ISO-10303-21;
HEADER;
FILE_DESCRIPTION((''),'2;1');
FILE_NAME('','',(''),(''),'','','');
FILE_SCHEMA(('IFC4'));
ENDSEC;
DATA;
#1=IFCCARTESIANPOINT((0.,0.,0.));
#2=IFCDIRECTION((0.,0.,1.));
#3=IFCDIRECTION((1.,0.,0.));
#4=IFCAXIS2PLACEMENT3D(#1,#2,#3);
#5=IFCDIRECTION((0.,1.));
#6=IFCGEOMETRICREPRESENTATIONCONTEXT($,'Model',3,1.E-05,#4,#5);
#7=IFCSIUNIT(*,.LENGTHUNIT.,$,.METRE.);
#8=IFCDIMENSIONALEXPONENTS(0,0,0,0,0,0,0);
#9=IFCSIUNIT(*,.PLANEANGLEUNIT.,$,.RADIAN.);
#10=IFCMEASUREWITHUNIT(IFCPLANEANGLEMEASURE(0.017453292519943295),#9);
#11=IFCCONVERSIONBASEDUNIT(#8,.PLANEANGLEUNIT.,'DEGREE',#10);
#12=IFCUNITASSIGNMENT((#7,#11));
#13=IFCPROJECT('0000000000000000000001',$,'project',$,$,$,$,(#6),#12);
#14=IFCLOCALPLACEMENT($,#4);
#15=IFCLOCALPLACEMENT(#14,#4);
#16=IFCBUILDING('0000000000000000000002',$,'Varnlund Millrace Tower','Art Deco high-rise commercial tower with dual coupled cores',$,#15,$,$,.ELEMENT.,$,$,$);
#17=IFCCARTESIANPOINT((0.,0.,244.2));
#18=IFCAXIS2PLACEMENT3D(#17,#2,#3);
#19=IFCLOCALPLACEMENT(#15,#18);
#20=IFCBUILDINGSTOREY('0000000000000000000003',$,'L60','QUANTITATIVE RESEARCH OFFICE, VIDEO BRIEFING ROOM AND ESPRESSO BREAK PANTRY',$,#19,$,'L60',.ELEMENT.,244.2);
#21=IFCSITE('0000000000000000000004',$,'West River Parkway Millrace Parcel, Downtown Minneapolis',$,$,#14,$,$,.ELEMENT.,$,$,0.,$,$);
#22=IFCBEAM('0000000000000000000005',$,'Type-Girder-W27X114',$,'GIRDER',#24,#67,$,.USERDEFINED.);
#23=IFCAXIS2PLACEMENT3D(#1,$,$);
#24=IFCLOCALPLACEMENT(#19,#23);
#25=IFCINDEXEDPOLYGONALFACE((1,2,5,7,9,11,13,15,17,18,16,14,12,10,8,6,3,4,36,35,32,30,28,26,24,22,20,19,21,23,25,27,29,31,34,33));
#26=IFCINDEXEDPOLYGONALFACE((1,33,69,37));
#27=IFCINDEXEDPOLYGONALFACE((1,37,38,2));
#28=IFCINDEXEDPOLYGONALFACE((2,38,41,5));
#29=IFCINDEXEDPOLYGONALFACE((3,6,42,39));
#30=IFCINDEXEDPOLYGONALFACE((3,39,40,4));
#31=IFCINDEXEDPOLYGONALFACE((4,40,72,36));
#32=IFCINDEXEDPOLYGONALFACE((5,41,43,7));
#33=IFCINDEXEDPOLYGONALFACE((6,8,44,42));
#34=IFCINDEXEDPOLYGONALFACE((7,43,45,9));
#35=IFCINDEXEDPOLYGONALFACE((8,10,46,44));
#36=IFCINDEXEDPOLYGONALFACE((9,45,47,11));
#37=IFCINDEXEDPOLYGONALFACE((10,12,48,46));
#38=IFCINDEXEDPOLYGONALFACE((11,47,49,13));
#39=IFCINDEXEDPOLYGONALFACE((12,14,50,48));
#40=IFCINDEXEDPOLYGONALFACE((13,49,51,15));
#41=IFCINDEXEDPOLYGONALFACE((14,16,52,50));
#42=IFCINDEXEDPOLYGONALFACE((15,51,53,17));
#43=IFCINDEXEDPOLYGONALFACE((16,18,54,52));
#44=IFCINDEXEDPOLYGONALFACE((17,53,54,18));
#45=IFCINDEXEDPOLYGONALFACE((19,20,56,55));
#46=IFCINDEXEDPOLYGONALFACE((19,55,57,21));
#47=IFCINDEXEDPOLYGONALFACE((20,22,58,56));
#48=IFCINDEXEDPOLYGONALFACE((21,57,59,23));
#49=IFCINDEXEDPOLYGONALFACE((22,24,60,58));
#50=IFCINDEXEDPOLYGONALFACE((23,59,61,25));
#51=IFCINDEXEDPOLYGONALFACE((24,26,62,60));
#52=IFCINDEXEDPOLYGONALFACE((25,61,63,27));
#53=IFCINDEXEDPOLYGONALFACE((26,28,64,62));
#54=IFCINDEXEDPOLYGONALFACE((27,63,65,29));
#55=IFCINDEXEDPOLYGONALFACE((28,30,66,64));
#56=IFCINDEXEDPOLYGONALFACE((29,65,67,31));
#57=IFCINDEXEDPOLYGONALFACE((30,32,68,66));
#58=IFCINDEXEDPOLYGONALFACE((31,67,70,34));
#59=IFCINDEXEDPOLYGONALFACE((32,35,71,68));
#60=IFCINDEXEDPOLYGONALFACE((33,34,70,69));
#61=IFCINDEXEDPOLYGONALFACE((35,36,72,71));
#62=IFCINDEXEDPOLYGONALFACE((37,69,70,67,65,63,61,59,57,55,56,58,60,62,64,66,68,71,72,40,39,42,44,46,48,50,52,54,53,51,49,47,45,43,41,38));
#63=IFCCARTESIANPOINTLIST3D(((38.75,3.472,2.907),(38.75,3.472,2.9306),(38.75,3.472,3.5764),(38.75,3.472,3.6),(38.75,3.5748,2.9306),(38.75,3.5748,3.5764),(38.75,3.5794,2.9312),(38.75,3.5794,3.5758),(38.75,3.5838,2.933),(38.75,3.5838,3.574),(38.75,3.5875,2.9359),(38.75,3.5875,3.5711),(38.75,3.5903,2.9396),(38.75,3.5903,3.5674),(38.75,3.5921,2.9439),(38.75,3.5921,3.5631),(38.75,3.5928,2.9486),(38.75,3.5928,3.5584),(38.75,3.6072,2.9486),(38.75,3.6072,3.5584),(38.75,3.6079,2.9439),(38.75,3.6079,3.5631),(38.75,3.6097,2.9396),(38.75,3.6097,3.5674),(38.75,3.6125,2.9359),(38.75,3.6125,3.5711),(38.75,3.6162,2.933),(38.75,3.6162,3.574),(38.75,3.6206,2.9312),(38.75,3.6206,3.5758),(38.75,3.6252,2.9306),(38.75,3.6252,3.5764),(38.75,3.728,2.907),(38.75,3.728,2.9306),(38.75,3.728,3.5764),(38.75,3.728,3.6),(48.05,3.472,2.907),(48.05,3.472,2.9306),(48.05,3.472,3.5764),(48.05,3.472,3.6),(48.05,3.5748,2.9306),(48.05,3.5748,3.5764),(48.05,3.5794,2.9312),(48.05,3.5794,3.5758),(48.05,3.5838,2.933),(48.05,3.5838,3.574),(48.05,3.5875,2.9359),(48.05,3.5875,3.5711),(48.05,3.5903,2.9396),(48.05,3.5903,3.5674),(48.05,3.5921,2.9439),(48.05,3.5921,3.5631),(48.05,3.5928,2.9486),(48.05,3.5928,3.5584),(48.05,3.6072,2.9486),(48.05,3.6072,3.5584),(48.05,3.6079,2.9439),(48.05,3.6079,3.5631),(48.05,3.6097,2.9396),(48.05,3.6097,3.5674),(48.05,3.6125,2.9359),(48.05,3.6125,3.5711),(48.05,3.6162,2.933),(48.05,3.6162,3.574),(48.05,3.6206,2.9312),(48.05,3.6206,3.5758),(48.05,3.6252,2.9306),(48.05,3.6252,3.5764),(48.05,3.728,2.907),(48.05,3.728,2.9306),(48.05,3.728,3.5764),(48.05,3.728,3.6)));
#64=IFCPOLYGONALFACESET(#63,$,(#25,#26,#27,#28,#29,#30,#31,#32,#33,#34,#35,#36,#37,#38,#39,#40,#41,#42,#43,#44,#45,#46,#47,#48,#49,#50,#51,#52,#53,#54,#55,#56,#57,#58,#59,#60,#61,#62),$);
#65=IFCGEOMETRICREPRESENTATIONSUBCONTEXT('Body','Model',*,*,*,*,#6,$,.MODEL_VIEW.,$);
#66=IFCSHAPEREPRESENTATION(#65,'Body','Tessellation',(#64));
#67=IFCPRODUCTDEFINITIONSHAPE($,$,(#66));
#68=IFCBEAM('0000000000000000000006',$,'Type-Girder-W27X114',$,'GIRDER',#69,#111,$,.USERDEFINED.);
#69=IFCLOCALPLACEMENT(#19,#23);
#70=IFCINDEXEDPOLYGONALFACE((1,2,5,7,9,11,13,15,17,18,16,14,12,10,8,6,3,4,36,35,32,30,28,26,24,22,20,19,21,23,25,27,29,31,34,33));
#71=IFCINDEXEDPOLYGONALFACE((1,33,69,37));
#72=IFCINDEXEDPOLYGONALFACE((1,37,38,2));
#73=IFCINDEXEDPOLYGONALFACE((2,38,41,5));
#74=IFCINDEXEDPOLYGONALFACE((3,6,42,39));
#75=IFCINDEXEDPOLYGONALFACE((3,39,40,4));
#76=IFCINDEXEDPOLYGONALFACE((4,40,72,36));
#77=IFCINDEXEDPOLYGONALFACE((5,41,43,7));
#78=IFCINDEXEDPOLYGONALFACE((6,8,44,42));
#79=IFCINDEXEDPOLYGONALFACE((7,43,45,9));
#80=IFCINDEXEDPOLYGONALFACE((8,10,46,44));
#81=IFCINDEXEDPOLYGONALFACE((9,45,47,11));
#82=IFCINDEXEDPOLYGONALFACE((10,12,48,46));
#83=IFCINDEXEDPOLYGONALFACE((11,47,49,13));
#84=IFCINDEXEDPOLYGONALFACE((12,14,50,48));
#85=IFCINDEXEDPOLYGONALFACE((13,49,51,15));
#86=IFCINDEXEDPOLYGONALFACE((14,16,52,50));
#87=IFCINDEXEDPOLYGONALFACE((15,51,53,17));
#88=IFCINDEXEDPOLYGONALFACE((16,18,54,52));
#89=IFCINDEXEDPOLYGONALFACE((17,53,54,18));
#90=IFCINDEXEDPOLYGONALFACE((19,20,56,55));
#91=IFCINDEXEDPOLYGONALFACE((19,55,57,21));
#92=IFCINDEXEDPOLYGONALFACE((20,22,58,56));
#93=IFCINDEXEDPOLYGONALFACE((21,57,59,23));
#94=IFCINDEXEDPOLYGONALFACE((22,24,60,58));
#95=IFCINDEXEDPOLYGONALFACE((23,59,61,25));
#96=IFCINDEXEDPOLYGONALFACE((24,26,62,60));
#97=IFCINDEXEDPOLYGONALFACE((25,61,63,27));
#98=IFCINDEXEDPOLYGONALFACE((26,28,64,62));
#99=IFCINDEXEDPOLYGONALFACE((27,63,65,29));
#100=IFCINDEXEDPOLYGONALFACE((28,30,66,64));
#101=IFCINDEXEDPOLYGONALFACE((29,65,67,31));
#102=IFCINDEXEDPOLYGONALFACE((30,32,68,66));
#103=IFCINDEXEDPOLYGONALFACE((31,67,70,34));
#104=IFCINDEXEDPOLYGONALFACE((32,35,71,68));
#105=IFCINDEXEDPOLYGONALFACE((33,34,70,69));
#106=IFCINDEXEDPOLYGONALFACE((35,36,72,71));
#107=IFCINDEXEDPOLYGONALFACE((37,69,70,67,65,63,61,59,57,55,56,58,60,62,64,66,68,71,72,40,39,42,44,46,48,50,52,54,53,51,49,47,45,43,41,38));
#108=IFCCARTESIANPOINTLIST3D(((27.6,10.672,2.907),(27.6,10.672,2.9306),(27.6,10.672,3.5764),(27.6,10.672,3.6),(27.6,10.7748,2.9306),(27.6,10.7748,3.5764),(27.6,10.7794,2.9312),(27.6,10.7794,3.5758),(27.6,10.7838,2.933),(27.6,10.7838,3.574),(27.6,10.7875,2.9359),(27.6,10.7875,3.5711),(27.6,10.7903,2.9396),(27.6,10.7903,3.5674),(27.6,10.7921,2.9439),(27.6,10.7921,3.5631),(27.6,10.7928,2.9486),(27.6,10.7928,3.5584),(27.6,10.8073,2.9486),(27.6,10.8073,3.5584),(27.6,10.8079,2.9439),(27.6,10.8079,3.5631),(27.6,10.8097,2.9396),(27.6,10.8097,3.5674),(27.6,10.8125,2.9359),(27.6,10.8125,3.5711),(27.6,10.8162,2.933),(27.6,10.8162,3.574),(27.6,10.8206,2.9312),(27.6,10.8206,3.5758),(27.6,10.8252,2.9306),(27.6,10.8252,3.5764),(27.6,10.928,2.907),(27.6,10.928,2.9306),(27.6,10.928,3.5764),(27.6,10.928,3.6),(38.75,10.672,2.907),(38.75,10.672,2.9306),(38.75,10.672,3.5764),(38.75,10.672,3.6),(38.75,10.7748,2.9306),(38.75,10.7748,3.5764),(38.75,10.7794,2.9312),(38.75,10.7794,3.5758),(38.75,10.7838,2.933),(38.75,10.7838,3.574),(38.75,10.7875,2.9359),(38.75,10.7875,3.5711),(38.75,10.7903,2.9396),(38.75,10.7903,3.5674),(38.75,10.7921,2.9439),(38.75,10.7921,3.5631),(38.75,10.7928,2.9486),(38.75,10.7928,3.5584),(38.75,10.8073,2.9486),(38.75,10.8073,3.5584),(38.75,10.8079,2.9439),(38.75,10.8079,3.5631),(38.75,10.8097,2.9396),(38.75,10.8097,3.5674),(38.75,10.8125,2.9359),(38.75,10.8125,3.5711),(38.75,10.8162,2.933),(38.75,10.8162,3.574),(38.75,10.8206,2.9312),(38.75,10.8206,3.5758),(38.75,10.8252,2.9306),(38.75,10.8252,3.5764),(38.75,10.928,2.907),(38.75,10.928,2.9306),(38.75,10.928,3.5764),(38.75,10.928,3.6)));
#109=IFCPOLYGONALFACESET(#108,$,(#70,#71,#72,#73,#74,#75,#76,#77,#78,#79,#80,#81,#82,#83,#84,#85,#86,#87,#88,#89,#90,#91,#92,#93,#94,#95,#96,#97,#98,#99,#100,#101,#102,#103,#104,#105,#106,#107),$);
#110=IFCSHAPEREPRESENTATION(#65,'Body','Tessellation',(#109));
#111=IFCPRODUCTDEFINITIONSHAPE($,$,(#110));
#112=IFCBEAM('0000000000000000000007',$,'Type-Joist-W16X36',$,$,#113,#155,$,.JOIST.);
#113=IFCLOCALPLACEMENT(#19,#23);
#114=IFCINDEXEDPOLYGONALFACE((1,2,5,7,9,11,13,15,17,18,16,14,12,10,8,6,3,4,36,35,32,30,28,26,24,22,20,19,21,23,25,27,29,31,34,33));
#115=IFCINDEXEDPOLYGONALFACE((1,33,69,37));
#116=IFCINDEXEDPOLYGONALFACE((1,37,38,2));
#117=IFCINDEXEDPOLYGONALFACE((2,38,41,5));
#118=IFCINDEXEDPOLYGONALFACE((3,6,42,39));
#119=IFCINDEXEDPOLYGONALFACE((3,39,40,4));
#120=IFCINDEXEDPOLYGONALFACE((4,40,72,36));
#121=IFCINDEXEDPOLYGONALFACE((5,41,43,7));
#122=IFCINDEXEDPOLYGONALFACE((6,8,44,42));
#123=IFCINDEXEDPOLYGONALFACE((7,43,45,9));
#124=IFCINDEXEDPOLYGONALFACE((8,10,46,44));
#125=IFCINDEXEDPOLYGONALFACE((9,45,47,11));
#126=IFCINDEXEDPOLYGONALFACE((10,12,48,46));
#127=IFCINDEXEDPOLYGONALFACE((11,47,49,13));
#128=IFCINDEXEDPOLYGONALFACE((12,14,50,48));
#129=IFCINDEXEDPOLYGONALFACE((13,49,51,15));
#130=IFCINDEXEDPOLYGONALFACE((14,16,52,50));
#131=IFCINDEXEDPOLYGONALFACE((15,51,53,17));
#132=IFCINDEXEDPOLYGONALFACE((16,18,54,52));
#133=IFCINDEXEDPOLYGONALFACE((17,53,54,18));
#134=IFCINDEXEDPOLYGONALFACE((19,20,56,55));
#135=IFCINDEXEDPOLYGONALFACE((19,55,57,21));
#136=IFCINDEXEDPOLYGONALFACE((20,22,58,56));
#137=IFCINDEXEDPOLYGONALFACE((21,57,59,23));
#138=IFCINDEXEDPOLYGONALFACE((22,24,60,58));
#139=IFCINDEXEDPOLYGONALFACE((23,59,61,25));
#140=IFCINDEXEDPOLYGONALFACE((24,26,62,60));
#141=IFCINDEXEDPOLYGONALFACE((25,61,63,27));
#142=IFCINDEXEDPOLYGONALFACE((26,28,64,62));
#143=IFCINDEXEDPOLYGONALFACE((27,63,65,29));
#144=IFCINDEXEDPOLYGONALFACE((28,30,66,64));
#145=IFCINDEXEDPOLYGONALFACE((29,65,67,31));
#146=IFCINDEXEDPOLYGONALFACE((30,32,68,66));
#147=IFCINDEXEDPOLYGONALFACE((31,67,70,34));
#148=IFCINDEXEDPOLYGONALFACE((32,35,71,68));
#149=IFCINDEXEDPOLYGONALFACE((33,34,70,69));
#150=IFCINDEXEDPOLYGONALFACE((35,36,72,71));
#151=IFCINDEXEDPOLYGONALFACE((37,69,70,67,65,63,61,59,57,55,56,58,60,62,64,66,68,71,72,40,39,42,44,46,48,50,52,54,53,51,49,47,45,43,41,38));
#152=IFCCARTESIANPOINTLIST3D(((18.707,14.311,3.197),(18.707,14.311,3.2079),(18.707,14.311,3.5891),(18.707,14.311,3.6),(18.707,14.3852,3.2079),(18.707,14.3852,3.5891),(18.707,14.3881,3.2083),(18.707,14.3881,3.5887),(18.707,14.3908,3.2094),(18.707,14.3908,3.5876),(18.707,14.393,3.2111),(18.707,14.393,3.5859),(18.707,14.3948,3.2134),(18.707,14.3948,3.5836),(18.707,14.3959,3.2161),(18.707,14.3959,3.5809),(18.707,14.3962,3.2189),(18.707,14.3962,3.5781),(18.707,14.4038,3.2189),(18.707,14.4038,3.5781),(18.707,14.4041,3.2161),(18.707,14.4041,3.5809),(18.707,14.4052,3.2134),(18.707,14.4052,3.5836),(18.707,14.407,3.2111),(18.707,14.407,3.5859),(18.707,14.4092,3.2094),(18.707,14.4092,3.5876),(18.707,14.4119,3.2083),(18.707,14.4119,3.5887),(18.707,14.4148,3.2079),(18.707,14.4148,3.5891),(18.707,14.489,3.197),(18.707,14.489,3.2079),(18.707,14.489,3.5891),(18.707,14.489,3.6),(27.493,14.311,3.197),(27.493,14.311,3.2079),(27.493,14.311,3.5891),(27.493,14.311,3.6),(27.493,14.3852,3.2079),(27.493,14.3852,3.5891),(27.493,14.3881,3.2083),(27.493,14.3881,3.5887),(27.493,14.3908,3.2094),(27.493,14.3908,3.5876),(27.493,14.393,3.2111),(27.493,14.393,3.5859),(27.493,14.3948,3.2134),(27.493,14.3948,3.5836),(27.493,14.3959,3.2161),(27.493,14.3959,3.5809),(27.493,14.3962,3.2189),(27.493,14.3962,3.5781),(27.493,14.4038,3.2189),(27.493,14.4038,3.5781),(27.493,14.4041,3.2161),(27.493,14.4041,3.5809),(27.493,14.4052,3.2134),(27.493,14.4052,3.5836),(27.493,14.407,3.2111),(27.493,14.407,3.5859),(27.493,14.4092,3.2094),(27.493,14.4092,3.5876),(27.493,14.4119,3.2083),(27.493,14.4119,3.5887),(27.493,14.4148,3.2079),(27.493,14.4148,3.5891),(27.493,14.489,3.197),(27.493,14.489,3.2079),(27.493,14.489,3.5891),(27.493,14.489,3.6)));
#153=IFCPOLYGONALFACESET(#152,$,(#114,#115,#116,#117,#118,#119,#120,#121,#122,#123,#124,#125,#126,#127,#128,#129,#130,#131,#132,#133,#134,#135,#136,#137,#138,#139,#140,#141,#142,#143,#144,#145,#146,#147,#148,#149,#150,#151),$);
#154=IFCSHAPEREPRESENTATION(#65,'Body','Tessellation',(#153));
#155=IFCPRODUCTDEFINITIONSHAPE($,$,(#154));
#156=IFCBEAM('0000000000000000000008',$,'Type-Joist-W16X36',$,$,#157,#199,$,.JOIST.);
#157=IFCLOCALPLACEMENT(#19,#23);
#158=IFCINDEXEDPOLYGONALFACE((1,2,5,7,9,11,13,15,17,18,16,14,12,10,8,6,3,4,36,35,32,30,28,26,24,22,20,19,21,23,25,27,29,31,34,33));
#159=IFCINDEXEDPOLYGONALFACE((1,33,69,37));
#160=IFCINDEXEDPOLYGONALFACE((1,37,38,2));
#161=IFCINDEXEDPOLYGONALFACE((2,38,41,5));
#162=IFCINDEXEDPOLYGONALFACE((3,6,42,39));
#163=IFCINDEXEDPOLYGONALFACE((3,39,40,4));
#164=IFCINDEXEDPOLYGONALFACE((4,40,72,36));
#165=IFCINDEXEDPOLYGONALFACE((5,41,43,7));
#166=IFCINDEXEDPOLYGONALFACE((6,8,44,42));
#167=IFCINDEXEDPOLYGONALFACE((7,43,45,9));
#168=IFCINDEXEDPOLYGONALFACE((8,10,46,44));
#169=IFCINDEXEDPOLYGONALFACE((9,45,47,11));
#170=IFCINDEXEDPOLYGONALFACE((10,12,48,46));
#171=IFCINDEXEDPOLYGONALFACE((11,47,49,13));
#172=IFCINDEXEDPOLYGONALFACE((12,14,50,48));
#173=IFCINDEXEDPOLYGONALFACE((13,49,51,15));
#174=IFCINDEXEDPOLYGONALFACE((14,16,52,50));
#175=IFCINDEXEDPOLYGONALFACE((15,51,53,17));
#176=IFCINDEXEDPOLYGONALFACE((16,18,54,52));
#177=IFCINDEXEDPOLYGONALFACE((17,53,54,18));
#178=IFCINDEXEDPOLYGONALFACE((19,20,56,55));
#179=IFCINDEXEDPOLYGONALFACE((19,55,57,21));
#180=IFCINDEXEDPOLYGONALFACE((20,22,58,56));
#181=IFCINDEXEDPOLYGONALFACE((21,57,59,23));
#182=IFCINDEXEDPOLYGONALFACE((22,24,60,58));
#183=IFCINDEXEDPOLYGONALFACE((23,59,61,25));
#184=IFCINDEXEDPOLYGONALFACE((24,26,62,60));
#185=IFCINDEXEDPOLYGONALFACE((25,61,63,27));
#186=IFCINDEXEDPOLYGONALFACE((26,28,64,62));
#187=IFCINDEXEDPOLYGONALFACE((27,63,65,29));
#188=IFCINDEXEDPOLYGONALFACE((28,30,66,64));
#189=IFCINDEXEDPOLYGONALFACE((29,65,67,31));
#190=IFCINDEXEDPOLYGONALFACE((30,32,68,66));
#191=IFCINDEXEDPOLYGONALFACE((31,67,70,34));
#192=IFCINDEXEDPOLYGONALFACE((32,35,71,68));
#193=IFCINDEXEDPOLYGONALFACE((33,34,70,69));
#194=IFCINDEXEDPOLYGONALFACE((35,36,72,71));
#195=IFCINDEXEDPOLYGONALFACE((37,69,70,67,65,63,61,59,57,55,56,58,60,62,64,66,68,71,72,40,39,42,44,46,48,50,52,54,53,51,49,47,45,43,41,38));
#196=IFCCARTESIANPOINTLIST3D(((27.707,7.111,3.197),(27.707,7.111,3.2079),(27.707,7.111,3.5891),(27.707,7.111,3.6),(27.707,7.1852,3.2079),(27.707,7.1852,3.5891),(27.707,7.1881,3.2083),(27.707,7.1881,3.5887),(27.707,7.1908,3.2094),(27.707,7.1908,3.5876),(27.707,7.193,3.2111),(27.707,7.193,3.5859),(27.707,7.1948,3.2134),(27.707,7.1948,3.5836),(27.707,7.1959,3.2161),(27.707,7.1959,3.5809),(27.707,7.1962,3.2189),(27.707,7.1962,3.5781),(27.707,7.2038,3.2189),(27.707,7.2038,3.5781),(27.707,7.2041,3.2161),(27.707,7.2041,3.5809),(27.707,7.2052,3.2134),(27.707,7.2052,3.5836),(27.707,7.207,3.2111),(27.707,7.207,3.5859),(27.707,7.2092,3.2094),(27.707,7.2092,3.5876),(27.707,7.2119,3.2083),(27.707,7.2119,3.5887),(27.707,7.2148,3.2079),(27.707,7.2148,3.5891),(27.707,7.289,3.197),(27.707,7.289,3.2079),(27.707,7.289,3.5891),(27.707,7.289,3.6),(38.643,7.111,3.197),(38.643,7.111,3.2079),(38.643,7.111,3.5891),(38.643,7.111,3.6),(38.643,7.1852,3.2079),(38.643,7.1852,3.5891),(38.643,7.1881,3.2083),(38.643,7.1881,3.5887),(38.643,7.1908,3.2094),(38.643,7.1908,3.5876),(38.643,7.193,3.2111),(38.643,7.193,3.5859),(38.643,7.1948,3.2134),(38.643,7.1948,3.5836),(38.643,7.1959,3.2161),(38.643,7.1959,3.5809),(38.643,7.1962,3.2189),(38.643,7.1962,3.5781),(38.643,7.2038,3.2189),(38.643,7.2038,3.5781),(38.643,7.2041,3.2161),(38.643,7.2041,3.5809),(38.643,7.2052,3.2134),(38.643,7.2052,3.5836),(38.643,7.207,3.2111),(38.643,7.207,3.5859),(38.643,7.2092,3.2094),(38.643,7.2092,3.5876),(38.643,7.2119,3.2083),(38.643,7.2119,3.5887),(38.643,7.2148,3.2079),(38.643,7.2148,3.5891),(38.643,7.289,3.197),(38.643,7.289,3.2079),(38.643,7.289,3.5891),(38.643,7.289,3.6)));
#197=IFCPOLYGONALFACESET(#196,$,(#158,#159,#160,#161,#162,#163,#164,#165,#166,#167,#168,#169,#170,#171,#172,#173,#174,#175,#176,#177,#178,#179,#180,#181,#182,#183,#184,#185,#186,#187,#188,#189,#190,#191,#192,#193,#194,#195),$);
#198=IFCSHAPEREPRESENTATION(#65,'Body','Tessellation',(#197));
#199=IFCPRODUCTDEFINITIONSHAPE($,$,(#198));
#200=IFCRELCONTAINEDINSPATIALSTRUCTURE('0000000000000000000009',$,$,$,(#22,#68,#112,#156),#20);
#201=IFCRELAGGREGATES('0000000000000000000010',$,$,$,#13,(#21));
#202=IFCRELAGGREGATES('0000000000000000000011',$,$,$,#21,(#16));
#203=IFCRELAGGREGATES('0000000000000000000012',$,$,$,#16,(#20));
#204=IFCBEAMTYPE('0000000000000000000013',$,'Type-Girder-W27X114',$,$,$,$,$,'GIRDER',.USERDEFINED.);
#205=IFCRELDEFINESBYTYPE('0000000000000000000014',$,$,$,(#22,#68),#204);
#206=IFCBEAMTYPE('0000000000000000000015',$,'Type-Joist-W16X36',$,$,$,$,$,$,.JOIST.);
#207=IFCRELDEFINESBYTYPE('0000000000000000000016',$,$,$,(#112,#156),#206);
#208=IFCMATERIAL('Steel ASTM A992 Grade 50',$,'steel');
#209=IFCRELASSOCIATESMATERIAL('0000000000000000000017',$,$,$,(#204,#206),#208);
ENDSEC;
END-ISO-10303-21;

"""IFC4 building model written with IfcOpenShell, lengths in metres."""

from ifc_helpers import new_model, entity, si_unit, converted_unit, direction, frame, origin_with_axes, origin_2d_with_axis, place, context, subcontext, project, spatial, i_section, extrude, material, material_profile, profile_set, type_object, element, save


model = new_model("IFC4")

# Units and contexts
model_context = context("Model", 3, precision=1e-05, world=origin_with_axes(), true_north=direction((0.0, 1.0)))
body_context = subcontext(model_context, "Body", "Model", "MODEL_VIEW")
ifc_project = project(units=[si_unit("LENGTHUNIT", "METRE"), converted_unit("PLANEANGLEUNIT", "DEGREE", entity("IfcPlaneAngleMeasure", 0.017453292519943295), si_unit("PLANEANGLEUNIT", "RADIAN"), dimensions=[0, 0, 0, 0, 0, 0, 0])], contexts=[model_context])

# Site, building, storey
site_placement = place(None, origin_with_axes())
site = spatial("IfcSite", under=ifc_project, at=site_placement, Name="West River Parkway Millrace Parcel, Downtown Minneapolis", CompositionType="ELEMENT", RefElevation=0.0)
building_placement = place(site_placement, origin_with_axes())
building = spatial("IfcBuilding", under=site, at=building_placement, Name="Varnlund Millrace Tower", Description="Art Deco high-rise commercial tower with dual coupled cores", CompositionType="ELEMENT")
storey_placement = place(building_placement, frame((0.0, 0.0, 244.2), z_axis=(0.0, 0.0, 1.0), x_axis=(1.0, 0.0, 0.0)))
storey = spatial("IfcBuildingStorey", under=building, at=storey_placement, Name="L60", Description="QUANTITATIVE RESEARCH OFFICE, VIDEO BRIEFING ROOM AND ESPRESSO BREAK PANTRY", LongName="L60", CompositionType="ELEMENT", Elevation=244.2)

# Beams
ifc_material_1 = material(Name="Steel ASTM A992 Grade 50", Category="steel")
ifc_material_profile_1 = material_profile(ifc_material_1, i_section(OverallWidth=0.256, OverallDepth=0.693, WebThickness=0.0145, FlangeThickness=0.0236, FilletRadius=0.018, at=origin_2d_with_axis()), Name="Steel ASTM A992 Grade 50")
ifc_profile_set_1 = profile_set([ifc_material_profile_1], Name="Steel ASTM A992 Grade 50")
beam_type_1 = type_object("IfcBeamType", Name="Type-Girder-W27X114", ElementType="GIRDER", PredefinedType="USERDEFINED", material=ifc_profile_set_1)
beam_1_placement = place(storey_placement, frame((38.75, 3.6, 3.2535), z_axis=(1.0, 0.0, 0.0), x_axis=(0.0, 1.0, 0.0)))
element("IfcBeam", 1, at=beam_1_placement, inside=storey, type_object=beam_type_1, Name="Type-Girder-W27X114", ObjectType="GIRDER", PredefinedType="USERDEFINED", context=body_context, shape_type="SweptSolid", body=[
    extrude(i_section(OverallWidth=0.256, OverallDepth=0.693, WebThickness=0.0145, FlangeThickness=0.0236, FilletRadius=0.018, at=origin_2d_with_axis()), origin_with_axes(), (0.0, 0.0, 1.0), 9.3),
])
beam_2_placement = place(storey_placement, frame((27.6, 10.8, 3.2535), z_axis=(1.0, 0.0, 0.0), x_axis=(0.0, 1.0, 0.0)))
element("IfcBeam", 2, at=beam_2_placement, inside=storey, type_object=beam_type_1, Name="Type-Girder-W27X114", ObjectType="GIRDER", PredefinedType="USERDEFINED", context=body_context, shape_type="SweptSolid", body=[
    extrude(i_section(OverallWidth=0.256, OverallDepth=0.693, WebThickness=0.0145, FlangeThickness=0.0236, FilletRadius=0.018, at=origin_2d_with_axis()), origin_with_axes(), (0.0, 0.0, 1.0), 11.15),
])
ifc_material_profile_2 = material_profile(ifc_material_1, i_section(OverallWidth=0.178, OverallDepth=0.403, WebThickness=0.0075, FlangeThickness=0.0109, FilletRadius=0.011, at=origin_2d_with_axis()), Name="Steel ASTM A992 Grade 50")
ifc_profile_set_2 = profile_set([ifc_material_profile_2], Name="Steel ASTM A992 Grade 50")
beam_type_2 = type_object("IfcBeamType", Name="Type-Joist-W16X36", PredefinedType="JOIST", material=ifc_profile_set_2)
beam_3_placement = place(storey_placement, frame((18.707, 14.4, 3.3985), z_axis=(1.0, 0.0, 0.0), x_axis=(0.0, 1.0, 0.0)))
element("IfcBeam", 3, at=beam_3_placement, inside=storey, type_object=beam_type_2, Name="Type-Joist-W16X36", PredefinedType="JOIST", context=body_context, shape_type="SweptSolid", body=[
    extrude(i_section(OverallWidth=0.178, OverallDepth=0.403, WebThickness=0.0075, FlangeThickness=0.0109, FilletRadius=0.011, at=origin_2d_with_axis()), origin_with_axes(), (0.0, 0.0, 1.0), 8.786),
])
for number, where, z_axis, x_axis, name in (
    (4, (27.707, 7.2, 3.3985), (1.0, 0.0, 0.0), (0.0, 1.0, 0.0), "Type-Joist-W16X36"),
):
    element("IfcBeam", number, at=place(storey_placement, frame(where, z_axis=z_axis, x_axis=x_axis)), inside=storey, type_object=beam_type_2, Name=name, PredefinedType="JOIST", context=body_context, shape_type="SweptSolid", body=[
        extrude(i_section(OverallWidth=0.178, OverallDepth=0.403, WebThickness=0.0075, FlangeThickness=0.0109, FilletRadius=0.011, at=origin_2d_with_axis()), origin_with_axes(), (0.0, 0.0, 1.0), 10.936),
    ])

save(model, "model.ifc")
